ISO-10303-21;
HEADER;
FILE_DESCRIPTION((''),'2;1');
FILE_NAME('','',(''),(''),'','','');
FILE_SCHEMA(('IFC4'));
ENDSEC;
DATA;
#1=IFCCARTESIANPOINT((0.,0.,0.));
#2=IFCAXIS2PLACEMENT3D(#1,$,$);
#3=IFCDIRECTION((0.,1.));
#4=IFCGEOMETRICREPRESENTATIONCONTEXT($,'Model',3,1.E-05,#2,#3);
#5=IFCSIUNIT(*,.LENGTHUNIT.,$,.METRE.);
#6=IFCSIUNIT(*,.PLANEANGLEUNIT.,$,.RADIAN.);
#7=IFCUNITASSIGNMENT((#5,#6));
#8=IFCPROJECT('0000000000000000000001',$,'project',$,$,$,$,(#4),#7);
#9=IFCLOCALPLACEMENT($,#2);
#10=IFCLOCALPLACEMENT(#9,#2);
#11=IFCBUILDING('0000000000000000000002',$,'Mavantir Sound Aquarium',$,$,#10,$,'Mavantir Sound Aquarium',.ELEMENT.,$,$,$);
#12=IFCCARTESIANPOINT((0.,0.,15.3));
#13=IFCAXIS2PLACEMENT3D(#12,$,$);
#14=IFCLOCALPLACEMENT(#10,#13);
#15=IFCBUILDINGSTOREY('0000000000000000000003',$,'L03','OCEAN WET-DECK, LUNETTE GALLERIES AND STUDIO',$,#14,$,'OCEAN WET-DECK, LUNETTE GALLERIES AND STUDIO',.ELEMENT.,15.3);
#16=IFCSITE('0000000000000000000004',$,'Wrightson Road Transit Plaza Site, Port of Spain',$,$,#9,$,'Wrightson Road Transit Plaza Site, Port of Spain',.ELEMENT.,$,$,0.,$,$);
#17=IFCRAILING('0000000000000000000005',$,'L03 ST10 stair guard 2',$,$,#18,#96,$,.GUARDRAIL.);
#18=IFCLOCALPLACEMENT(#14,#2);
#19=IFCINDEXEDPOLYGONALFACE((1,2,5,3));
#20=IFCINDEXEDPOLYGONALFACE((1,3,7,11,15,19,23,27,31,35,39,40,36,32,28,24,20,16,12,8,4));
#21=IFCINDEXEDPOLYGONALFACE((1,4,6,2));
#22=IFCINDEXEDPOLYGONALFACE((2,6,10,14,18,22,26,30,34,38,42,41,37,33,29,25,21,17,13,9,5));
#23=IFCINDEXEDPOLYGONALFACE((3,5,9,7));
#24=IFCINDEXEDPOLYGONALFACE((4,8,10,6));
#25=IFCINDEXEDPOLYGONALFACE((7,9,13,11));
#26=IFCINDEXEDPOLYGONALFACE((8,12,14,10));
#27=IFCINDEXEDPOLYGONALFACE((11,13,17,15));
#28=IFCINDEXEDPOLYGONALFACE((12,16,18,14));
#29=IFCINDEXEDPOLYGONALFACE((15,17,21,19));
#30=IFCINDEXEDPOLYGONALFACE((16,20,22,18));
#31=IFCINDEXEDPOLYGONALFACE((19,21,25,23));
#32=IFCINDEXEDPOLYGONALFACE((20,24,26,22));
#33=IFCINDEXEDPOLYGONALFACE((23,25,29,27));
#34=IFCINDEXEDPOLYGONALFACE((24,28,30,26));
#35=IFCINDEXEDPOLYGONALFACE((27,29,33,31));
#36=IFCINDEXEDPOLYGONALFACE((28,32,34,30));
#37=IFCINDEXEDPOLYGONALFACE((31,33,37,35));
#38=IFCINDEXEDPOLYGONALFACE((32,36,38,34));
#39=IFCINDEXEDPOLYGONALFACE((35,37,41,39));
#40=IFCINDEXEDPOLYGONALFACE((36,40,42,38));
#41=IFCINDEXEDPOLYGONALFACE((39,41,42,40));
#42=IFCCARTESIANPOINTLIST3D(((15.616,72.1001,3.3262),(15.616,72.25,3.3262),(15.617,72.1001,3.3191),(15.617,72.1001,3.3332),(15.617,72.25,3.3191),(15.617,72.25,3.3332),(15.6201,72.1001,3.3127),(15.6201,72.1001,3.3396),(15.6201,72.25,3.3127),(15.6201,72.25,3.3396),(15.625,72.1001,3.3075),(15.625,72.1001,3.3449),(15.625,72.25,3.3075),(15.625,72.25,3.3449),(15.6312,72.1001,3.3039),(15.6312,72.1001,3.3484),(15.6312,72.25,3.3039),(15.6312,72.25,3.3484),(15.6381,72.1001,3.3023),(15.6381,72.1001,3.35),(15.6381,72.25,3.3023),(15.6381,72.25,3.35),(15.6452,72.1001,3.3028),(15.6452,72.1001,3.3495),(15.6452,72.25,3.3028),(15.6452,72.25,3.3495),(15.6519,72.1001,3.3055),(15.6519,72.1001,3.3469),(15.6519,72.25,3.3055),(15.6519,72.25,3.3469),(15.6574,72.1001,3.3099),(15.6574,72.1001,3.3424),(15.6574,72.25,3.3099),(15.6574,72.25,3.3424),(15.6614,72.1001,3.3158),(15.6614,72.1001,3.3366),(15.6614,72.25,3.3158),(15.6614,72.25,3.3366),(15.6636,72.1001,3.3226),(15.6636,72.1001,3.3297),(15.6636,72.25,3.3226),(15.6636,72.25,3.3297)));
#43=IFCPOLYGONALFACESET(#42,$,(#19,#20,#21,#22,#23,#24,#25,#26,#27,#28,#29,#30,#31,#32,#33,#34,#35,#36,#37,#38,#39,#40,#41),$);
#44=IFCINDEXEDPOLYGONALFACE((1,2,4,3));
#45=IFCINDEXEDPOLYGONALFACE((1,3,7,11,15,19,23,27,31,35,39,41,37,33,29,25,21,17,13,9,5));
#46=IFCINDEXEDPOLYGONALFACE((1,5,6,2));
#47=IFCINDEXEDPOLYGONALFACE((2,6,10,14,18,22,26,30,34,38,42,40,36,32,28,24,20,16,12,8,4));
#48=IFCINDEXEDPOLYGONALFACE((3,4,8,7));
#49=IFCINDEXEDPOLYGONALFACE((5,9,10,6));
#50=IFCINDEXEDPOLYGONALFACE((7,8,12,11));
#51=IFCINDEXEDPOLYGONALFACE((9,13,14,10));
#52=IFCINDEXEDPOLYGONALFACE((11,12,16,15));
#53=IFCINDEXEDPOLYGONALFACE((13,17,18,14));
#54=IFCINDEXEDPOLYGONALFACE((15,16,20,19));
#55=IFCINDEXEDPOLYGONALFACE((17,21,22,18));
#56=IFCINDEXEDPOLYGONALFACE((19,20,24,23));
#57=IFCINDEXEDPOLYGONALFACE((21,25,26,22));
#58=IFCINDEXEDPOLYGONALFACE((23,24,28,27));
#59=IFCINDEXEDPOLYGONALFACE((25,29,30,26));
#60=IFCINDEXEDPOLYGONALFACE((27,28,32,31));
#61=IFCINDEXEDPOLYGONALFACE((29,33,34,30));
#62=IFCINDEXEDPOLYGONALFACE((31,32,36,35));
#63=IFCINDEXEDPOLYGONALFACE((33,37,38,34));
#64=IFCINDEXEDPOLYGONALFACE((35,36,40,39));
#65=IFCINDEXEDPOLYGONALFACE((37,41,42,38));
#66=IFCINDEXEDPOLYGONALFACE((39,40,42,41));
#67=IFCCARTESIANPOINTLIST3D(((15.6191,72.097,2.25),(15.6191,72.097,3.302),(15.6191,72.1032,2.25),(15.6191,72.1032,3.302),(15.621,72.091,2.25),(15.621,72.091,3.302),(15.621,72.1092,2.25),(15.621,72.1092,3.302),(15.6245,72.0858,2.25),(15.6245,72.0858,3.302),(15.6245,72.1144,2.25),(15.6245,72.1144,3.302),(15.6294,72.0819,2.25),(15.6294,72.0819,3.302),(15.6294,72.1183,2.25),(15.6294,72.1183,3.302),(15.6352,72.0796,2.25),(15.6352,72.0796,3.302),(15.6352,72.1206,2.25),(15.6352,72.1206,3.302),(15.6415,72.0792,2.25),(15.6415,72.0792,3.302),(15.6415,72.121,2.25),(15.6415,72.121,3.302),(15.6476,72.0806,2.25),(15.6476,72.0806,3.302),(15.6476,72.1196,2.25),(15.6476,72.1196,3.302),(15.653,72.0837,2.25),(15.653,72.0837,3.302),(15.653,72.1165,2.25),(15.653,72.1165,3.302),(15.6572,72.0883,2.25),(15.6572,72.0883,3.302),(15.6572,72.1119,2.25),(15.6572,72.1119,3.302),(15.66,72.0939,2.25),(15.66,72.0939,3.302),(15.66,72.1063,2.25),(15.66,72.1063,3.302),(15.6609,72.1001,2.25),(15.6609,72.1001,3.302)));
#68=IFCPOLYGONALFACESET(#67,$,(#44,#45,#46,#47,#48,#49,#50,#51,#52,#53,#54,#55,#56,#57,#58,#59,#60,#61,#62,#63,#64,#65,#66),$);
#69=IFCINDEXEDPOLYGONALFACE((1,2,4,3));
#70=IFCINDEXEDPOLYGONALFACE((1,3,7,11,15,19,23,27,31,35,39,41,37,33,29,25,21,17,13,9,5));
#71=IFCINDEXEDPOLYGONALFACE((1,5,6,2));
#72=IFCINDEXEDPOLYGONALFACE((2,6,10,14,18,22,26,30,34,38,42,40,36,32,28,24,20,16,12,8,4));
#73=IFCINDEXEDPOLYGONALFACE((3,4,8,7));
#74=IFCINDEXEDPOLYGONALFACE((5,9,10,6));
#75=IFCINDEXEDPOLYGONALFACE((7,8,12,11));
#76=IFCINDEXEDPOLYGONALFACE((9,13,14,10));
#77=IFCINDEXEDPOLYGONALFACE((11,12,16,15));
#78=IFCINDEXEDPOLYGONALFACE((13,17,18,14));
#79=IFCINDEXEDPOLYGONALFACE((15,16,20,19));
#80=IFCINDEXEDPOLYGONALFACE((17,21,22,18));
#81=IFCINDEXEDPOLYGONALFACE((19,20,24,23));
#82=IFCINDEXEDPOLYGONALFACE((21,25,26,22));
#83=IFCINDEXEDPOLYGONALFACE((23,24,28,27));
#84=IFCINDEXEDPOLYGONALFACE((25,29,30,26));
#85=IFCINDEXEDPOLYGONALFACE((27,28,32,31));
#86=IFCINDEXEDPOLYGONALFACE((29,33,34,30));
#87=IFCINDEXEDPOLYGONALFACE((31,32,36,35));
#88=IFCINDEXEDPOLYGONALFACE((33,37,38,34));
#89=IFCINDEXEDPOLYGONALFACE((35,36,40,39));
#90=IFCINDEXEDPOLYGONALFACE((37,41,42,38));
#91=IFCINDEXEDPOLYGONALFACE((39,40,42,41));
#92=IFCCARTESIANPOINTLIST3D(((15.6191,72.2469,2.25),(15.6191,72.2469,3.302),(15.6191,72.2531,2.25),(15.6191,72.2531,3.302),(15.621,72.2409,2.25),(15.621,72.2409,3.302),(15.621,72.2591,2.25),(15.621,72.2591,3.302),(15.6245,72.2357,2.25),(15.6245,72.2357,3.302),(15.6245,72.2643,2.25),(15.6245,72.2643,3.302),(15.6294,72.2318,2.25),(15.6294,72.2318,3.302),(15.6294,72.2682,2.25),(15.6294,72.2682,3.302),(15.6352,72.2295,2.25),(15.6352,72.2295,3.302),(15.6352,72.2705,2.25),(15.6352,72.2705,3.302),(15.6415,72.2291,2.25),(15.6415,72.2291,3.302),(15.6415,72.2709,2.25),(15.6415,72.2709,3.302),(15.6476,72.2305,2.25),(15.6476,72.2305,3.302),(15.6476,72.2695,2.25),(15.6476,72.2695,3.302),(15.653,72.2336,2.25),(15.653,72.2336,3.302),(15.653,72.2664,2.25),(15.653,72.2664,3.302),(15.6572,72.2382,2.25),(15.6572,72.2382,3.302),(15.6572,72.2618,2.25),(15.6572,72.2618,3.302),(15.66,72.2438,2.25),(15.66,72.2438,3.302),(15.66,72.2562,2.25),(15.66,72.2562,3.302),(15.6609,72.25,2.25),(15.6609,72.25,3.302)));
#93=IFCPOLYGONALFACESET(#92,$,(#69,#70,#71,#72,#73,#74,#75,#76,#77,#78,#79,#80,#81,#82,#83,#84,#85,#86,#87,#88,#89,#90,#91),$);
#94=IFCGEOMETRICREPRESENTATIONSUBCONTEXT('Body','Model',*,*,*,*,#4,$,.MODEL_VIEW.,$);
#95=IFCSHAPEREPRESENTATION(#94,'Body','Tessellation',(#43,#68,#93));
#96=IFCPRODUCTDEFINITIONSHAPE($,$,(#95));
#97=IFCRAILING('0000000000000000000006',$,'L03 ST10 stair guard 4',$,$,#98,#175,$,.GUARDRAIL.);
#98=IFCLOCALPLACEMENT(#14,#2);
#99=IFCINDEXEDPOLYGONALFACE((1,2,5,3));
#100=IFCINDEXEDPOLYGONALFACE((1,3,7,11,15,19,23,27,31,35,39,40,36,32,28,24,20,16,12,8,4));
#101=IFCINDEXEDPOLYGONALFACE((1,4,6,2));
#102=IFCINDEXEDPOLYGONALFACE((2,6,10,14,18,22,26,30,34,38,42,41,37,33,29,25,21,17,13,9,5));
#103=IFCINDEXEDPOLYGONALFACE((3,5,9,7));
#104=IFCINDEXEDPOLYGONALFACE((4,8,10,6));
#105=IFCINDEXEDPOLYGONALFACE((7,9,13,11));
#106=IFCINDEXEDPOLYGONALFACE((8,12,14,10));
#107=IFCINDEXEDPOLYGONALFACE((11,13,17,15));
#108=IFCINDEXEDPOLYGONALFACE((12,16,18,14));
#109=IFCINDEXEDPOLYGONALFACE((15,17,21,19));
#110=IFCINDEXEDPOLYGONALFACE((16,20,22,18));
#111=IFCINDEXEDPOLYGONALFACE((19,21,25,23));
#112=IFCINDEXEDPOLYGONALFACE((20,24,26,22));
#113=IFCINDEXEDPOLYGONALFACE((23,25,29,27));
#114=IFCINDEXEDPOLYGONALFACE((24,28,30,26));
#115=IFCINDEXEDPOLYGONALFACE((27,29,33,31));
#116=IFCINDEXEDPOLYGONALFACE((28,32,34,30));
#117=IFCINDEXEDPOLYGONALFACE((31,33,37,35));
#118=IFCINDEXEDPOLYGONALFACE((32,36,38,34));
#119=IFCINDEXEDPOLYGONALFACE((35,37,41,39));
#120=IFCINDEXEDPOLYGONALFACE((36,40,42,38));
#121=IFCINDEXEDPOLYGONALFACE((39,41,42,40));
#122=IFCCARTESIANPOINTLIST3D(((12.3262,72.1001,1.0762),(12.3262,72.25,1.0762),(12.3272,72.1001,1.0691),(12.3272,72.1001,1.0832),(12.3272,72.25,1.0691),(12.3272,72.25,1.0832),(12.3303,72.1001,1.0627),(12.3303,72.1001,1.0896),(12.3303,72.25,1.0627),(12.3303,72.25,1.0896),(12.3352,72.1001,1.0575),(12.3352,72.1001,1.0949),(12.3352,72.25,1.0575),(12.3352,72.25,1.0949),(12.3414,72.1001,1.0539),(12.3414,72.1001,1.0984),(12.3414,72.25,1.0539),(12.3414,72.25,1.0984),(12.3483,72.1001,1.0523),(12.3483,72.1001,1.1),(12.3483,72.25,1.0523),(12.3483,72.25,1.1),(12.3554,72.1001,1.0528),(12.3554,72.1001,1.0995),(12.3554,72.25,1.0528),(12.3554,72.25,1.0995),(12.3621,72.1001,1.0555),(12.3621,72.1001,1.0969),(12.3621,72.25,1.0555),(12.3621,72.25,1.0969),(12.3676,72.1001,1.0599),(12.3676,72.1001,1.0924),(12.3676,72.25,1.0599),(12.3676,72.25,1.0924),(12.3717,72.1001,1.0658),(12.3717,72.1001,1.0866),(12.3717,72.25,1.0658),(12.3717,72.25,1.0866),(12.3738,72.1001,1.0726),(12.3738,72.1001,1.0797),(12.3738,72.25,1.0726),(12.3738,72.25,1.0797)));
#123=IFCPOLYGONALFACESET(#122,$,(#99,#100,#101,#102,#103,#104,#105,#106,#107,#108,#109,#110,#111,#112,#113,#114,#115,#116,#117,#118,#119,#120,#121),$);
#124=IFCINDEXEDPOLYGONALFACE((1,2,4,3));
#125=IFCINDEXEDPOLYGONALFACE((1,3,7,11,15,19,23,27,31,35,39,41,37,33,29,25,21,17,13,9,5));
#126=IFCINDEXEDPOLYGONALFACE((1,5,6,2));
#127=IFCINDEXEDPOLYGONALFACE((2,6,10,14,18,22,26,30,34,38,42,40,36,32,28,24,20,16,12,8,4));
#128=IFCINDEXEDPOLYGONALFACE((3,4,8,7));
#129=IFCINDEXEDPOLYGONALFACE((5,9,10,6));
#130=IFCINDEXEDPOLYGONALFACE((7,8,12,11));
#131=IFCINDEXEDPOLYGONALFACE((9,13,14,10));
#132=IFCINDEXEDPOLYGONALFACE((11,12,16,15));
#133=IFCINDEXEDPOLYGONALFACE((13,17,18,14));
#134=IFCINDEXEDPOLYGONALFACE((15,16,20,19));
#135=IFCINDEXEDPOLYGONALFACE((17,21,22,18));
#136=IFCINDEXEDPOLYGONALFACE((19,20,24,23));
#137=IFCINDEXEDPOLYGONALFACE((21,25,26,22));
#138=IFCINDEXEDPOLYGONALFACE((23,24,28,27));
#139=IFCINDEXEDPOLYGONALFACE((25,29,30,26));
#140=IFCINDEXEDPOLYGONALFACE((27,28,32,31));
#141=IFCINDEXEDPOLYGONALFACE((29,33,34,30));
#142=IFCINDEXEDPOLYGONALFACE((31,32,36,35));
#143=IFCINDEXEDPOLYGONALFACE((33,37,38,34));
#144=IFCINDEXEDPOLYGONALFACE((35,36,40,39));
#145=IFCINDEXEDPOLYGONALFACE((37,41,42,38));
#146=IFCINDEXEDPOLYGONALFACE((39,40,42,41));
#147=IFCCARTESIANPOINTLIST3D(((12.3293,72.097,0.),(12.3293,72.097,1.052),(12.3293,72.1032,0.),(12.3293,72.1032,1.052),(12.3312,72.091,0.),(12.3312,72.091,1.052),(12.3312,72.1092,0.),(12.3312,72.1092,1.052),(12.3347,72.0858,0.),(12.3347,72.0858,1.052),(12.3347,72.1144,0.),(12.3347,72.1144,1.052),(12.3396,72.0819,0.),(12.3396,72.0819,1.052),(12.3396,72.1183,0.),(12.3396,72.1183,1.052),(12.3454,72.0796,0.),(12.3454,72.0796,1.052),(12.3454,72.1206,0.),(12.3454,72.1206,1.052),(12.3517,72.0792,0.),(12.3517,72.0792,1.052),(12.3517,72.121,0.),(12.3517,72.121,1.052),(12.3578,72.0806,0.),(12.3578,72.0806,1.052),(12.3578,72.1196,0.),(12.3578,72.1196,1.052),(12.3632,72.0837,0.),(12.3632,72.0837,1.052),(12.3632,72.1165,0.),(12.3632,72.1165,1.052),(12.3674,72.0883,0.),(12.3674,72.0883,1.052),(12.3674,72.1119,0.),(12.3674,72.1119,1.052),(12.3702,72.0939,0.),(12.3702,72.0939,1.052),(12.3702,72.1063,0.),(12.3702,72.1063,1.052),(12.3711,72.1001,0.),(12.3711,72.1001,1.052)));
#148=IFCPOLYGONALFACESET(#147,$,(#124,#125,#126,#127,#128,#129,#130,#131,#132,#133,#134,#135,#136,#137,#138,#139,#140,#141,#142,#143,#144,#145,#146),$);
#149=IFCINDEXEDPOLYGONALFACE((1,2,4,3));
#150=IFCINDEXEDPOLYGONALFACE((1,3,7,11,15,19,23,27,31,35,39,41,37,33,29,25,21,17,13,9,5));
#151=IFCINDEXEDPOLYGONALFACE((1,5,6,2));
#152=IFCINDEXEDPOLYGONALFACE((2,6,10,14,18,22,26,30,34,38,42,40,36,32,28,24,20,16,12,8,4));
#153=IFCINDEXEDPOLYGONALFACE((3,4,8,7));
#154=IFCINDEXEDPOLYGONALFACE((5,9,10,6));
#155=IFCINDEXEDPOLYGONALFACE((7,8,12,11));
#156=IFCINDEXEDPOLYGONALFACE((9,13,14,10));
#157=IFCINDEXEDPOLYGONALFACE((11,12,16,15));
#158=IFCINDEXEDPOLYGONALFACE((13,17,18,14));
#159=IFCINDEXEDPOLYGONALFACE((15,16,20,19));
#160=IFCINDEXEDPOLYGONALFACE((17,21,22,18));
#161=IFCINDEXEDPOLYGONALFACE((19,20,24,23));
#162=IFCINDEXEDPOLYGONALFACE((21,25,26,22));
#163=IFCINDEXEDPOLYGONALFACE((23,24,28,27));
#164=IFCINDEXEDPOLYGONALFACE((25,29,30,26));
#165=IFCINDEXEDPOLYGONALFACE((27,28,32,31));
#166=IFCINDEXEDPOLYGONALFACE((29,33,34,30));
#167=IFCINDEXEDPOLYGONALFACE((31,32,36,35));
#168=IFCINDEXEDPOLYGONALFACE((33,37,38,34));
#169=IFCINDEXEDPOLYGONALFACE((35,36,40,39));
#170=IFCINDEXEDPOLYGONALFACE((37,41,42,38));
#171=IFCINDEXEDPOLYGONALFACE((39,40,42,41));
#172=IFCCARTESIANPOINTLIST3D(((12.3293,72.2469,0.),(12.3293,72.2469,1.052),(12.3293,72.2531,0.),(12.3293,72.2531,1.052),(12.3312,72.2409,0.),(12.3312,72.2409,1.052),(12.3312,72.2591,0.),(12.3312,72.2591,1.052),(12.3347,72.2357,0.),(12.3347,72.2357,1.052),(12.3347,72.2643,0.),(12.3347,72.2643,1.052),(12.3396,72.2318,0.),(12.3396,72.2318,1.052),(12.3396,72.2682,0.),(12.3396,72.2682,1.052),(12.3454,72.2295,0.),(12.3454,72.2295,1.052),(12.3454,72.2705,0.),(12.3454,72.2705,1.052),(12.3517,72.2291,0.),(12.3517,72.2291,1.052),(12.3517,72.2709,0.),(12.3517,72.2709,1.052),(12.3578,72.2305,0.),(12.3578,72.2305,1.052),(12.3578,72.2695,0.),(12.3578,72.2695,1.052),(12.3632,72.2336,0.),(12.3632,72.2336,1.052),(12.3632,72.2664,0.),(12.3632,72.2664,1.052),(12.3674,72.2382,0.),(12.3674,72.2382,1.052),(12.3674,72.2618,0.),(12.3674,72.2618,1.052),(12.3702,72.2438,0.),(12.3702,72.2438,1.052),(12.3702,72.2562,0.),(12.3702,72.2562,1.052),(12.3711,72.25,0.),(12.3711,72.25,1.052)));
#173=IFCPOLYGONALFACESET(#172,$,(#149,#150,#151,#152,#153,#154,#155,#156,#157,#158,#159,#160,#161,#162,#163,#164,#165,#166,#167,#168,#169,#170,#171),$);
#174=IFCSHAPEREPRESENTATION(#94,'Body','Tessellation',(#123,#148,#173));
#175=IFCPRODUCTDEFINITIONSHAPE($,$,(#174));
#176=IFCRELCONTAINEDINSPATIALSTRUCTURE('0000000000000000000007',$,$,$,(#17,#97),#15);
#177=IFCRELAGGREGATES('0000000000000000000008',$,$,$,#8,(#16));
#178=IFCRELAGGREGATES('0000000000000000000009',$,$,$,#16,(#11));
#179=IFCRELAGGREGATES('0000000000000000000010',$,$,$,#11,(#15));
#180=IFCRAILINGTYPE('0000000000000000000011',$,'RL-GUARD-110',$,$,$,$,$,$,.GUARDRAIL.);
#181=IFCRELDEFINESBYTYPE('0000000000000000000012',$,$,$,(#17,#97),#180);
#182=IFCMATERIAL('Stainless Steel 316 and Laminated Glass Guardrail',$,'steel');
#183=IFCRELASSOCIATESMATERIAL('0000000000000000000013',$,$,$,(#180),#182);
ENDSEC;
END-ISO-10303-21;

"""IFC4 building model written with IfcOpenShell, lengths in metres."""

from ifc_helpers import new_model, si_unit, direction, frame, origin, origin_2d, place, context, subcontext, project, spatial, circle, extrude, material, type_object, element, save


model = new_model("IFC4")

# Units and contexts
model_context = context("Model", 3, precision=1e-05, world=origin(), true_north=direction((0.0, 1.0)))
body_context = subcontext(model_context, "Body", "Model", "MODEL_VIEW")
ifc_project = project(units=[si_unit("LENGTHUNIT", "METRE"), si_unit("PLANEANGLEUNIT", "RADIAN")], contexts=[model_context])

# Site, building, storey
site_placement = place(None, origin())
site = spatial("IfcSite", under=ifc_project, at=site_placement, Name="Wrightson Road Transit Plaza Site, Port of Spain", LongName="Wrightson Road Transit Plaza Site, Port of Spain", CompositionType="ELEMENT", RefElevation=0.0)
building_placement = place(site_placement, origin())
building = spatial("IfcBuilding", under=site, at=building_placement, Name="Mavantir Sound Aquarium", LongName="Mavantir Sound Aquarium", CompositionType="ELEMENT")
storey_placement = place(building_placement, frame((0.0, 0.0, 15.3)))
storey = spatial("IfcBuildingStorey", under=building, at=storey_placement, Name="L03", Description="OCEAN WET-DECK, LUNETTE GALLERIES AND STUDIO", LongName="OCEAN WET-DECK, LUNETTE GALLERIES AND STUDIO", CompositionType="ELEMENT", Elevation=15.3)

# Railings
ifc_material_1 = material(Name="Stainless Steel 316 and Laminated Glass Guardrail", Category="steel")
railing_type_1 = type_object("IfcRailingType", Name="RL-GUARD-110", PredefinedType="GUARDRAIL", material=ifc_material_1)
for number, where, name in (
    (1, (15.6399, 72.1001, 2.25), "L03 ST10 stair guard 2"),
    (2, (12.3501, 72.1001, 0.0), "L03 ST10 stair guard 4"),
):
    element("IfcRailing", number, at=place(storey_placement, frame(where)), inside=storey, type_object=railing_type_1, Name=name, PredefinedType="GUARDRAIL", context=body_context, shape_type="SweptSolid", body=[
        extrude(circle(Radius=0.0239, at=origin_2d()), frame((0.0, 0.0, 1.0762), z_axis=(0.0, 1.0, 0.0), x_axis=(-1.0, 0.0, 0.0)), (0.0, 0.0, 1.0), 0.1499),
        extrude(circle(Radius=0.021, at=origin_2d()), origin(), (0.0, 0.0, 1.0), 1.052),
        extrude(circle(Radius=0.021, at=origin_2d()), frame((0.0, 0.1499, 0.0)), (0.0, 0.0, 1.0), 1.052),
    ])

save(model, "model.ifc")
